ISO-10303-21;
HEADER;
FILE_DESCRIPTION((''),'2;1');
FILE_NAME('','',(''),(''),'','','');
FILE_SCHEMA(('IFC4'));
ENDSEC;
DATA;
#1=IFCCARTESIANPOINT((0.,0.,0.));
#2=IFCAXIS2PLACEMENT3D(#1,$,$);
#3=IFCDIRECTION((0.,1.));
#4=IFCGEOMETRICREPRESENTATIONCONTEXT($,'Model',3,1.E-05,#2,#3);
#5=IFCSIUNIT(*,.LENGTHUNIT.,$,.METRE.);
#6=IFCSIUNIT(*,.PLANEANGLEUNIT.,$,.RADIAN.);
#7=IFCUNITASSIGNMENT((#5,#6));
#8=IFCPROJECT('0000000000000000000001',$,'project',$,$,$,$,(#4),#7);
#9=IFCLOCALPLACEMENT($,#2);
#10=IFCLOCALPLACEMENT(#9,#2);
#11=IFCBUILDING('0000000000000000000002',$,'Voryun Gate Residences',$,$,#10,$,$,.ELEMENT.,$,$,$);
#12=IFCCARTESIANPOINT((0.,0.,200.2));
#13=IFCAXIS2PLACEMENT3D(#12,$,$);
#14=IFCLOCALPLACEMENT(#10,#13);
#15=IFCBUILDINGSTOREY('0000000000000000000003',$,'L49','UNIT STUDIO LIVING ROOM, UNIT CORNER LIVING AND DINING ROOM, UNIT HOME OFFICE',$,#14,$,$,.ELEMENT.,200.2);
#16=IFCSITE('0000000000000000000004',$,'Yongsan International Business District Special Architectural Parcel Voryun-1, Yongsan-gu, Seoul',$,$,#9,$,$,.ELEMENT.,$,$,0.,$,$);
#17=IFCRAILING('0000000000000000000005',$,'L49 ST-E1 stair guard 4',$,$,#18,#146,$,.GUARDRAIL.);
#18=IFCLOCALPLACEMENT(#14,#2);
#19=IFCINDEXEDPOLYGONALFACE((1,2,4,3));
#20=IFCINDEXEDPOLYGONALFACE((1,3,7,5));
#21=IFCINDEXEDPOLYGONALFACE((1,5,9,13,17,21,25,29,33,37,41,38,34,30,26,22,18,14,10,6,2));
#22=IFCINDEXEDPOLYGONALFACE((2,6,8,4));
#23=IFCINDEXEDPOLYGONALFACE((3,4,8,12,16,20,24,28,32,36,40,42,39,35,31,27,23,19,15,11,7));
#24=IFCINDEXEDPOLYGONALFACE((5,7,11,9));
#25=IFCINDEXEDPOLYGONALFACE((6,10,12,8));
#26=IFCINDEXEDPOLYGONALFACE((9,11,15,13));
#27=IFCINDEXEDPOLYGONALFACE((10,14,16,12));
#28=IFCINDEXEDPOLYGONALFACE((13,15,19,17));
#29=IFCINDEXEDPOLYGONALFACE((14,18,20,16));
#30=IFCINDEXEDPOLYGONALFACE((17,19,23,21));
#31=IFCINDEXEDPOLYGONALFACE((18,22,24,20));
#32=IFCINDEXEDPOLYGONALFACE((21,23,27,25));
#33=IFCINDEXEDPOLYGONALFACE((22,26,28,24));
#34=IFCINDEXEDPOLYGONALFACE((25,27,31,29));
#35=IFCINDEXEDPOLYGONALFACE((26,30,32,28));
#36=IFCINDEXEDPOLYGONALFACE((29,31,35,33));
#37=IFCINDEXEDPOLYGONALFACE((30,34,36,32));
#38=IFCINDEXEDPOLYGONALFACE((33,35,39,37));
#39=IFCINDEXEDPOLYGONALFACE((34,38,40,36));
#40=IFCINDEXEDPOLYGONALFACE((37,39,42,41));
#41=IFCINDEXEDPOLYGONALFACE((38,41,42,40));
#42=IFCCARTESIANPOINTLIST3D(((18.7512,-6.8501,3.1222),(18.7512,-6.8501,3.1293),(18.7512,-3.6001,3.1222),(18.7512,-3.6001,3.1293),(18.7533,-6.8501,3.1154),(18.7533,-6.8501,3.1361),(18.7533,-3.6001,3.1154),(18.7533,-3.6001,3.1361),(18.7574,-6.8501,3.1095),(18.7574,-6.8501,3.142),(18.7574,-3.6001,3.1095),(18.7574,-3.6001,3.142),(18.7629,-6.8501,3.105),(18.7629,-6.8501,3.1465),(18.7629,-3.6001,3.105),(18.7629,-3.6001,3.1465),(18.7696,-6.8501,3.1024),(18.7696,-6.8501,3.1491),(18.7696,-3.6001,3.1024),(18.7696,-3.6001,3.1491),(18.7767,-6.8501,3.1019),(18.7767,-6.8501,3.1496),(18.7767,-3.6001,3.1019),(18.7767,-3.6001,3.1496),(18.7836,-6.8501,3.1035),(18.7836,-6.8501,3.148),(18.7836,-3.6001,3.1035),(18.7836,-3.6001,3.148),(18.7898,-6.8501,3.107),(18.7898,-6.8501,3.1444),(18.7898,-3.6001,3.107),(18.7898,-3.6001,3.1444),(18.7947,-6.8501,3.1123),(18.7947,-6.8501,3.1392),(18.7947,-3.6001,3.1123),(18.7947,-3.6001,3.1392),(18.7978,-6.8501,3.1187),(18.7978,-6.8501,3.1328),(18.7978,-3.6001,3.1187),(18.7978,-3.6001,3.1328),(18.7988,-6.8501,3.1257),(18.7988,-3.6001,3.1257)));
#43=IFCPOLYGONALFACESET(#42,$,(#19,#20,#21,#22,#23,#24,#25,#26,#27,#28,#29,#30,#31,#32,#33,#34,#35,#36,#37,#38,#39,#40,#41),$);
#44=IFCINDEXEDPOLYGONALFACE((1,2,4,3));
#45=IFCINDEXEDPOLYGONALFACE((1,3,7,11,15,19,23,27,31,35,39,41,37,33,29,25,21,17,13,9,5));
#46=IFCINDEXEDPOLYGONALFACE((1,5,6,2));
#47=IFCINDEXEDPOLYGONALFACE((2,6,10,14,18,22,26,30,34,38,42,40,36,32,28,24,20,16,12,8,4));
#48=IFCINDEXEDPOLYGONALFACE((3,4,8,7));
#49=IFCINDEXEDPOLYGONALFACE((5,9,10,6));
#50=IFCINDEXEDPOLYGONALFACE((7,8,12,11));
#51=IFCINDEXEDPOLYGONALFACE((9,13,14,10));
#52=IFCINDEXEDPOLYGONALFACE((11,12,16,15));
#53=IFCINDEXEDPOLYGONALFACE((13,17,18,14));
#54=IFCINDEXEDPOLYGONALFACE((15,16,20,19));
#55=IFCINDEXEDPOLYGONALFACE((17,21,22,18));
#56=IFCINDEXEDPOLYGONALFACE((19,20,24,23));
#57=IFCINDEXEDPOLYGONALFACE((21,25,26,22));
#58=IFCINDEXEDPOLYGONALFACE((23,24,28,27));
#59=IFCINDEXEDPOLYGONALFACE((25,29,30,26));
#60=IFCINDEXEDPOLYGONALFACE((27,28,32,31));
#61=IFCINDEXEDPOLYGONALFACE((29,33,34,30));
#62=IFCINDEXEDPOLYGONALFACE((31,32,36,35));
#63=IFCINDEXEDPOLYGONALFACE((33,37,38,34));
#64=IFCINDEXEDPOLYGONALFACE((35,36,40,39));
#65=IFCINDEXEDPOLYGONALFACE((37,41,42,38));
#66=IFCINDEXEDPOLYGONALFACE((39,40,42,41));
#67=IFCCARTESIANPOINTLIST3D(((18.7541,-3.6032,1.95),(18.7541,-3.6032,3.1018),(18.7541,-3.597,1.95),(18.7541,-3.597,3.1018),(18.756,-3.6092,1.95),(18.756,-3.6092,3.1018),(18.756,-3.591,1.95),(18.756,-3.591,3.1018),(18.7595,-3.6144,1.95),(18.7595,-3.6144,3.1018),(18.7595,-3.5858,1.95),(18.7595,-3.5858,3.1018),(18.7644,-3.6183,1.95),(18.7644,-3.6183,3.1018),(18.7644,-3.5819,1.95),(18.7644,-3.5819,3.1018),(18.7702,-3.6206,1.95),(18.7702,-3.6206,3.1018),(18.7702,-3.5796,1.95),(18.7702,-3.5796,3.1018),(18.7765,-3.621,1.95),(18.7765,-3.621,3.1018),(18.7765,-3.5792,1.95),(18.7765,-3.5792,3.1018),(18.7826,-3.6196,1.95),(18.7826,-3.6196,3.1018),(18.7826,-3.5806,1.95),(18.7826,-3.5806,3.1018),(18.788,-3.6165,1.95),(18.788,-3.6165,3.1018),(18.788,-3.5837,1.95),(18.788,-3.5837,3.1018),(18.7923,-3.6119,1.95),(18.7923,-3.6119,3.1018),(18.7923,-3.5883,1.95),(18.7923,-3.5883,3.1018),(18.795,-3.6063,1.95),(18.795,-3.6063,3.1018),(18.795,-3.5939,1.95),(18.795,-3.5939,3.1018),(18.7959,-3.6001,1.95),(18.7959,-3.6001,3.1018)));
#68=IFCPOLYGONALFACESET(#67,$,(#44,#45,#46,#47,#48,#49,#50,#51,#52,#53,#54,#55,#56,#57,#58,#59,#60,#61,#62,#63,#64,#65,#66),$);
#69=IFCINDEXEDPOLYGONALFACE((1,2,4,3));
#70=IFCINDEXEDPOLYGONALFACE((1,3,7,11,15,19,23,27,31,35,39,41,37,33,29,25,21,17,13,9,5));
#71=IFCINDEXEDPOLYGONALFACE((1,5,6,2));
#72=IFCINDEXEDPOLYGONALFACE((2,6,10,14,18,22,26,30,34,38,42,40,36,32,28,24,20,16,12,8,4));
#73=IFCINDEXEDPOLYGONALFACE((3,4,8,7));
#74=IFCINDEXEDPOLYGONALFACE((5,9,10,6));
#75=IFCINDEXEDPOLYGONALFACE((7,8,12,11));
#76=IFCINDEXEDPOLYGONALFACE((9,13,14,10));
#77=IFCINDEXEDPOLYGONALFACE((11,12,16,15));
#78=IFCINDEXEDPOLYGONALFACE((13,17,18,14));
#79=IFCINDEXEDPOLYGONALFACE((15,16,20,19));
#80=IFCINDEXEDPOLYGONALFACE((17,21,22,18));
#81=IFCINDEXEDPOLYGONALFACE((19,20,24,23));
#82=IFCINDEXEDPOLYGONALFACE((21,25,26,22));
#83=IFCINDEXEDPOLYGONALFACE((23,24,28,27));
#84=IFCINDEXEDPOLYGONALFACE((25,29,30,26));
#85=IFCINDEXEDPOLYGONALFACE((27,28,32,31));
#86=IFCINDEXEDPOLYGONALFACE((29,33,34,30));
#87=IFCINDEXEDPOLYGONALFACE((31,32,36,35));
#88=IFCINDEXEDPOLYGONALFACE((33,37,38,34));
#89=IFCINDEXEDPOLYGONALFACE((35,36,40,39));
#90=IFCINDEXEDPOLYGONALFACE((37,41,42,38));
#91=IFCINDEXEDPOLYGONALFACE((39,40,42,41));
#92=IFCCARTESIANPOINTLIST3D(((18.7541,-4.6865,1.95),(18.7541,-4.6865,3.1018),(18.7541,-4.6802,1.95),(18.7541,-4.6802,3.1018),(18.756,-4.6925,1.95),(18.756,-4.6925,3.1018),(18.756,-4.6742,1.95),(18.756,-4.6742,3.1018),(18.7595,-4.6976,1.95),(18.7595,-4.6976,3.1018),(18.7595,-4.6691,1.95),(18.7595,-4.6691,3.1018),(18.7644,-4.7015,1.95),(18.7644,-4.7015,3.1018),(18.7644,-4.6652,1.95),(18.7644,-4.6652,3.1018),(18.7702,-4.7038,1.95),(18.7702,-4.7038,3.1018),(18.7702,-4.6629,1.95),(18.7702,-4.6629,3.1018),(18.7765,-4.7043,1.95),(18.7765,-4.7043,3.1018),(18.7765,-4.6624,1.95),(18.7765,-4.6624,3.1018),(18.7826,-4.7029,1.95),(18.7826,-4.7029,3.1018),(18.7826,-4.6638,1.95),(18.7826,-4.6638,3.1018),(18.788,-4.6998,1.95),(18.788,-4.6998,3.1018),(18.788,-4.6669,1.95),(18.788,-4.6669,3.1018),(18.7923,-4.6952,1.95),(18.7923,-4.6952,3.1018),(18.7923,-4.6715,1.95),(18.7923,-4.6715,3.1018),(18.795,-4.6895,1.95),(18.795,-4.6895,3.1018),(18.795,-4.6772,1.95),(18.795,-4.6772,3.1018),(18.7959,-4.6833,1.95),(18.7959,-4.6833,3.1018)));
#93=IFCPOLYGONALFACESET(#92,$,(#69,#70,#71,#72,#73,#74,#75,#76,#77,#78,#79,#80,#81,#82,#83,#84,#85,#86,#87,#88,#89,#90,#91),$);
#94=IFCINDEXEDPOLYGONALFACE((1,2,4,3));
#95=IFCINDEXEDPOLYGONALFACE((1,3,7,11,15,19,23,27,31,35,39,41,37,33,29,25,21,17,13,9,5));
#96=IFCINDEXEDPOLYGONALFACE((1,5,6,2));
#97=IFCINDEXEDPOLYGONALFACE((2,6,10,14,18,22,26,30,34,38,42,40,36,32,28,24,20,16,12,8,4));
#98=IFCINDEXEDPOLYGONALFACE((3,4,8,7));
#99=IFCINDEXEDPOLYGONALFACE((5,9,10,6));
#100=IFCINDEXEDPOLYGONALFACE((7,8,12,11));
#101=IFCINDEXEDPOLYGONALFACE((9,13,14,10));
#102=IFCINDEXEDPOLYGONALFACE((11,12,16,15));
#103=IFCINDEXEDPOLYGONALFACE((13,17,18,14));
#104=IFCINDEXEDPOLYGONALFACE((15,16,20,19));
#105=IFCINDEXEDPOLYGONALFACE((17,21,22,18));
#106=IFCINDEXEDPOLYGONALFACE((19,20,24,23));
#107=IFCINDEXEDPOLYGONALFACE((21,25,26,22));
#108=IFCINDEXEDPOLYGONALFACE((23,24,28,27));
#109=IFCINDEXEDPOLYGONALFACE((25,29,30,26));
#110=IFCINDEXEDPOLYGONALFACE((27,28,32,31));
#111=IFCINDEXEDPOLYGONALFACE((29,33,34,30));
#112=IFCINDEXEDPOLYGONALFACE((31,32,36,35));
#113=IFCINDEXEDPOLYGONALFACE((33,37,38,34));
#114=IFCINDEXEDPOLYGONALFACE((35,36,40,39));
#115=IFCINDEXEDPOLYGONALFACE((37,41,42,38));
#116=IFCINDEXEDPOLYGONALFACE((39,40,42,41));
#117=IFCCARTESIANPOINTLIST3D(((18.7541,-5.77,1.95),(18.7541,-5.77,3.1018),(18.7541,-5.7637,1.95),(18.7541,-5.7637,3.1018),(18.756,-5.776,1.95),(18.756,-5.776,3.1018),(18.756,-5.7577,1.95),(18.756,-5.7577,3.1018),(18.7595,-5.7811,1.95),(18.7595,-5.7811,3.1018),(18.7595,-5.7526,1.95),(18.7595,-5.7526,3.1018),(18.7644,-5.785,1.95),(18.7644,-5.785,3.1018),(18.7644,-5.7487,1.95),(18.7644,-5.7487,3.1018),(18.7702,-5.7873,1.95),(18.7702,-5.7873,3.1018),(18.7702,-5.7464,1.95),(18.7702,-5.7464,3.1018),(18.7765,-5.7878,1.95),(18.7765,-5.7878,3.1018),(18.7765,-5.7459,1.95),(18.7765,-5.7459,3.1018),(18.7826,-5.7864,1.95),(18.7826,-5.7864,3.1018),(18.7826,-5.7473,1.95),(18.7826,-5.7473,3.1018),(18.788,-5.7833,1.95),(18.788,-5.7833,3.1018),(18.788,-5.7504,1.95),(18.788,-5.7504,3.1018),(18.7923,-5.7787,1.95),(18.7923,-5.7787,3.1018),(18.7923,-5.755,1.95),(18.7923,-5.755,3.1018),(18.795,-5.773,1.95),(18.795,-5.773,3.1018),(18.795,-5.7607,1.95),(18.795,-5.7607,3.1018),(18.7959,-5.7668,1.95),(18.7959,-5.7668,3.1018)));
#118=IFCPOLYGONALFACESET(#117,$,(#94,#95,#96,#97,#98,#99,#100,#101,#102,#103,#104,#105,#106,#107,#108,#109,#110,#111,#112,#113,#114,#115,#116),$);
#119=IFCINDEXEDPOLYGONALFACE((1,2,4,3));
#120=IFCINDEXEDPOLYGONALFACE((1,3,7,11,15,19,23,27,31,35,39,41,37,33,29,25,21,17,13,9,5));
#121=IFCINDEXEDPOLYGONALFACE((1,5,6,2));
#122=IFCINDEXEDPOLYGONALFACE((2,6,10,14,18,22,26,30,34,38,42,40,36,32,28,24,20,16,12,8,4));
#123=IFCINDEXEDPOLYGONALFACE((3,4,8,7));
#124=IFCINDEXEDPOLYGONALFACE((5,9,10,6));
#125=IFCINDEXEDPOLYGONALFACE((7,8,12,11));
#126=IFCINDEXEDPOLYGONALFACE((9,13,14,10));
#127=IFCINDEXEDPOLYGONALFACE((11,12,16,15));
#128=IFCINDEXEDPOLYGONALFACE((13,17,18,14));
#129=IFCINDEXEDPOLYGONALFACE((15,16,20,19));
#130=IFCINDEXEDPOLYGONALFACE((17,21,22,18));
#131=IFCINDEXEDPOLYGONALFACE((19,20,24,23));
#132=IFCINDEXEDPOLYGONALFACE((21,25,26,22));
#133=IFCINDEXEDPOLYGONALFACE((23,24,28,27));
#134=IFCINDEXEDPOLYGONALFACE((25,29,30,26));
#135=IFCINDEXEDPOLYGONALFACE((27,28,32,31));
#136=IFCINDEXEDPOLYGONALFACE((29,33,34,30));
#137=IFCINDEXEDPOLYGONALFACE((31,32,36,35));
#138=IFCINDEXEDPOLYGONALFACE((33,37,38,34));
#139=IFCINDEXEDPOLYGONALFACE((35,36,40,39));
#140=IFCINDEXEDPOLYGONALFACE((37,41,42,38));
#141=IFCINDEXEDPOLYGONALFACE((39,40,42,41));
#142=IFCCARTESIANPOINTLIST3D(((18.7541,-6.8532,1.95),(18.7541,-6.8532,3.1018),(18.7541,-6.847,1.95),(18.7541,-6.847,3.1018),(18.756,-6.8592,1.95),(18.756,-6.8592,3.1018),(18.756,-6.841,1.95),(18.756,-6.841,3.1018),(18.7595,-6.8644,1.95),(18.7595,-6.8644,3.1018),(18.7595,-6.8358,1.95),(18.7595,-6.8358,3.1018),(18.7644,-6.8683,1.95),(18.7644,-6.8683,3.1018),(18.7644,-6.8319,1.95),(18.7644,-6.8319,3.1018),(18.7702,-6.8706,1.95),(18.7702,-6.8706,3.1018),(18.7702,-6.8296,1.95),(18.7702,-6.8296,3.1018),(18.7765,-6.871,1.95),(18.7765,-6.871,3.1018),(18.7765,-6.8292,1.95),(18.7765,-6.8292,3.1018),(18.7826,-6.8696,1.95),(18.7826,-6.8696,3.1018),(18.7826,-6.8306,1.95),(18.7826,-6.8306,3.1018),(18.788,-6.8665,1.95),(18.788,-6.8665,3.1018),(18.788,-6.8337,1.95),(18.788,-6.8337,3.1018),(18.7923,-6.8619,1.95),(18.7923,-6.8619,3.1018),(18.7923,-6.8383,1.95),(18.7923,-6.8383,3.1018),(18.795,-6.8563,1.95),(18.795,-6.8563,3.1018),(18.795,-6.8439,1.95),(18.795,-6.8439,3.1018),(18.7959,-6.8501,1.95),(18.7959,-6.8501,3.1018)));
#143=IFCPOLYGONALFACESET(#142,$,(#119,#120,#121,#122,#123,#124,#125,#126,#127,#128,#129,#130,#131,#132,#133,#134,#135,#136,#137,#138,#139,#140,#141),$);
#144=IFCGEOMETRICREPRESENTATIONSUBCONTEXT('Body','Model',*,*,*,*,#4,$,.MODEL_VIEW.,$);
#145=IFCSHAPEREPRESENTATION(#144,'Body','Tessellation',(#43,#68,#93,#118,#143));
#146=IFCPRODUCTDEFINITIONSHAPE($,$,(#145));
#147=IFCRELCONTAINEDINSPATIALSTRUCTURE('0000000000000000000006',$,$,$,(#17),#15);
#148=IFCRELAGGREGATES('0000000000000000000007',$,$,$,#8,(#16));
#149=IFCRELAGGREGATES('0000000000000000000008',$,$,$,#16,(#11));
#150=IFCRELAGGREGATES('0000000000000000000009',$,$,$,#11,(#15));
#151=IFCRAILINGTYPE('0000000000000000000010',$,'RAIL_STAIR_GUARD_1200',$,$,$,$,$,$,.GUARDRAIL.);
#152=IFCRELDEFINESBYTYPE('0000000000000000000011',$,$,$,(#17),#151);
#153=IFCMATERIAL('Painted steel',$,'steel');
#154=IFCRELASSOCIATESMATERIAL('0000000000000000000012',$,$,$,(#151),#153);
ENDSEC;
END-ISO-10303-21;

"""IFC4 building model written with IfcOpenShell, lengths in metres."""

from ifc_helpers import new_model, si_unit, direction, frame, origin, origin_2d, place, context, subcontext, project, spatial, circle, extrude, material, type_object, element, save


model = new_model("IFC4")

# Units and contexts
model_context = context("Model", 3, precision=1e-05, world=origin(), true_north=direction((0.0, 1.0)))
body_context = subcontext(model_context, "Body", "Model", "MODEL_VIEW")
ifc_project = project(units=[si_unit("LENGTHUNIT", "METRE"), si_unit("PLANEANGLEUNIT", "RADIAN")], contexts=[model_context])

# Site, building, storey
site_placement = place(None, origin())
site = spatial("IfcSite", under=ifc_project, at=site_placement, Name="Yongsan International Business District Special Architectural Parcel Voryun-1, Yongsan-gu, Seoul", CompositionType="ELEMENT", RefElevation=0.0)
building_placement = place(site_placement, origin())
building = spatial("IfcBuilding", under=site, at=building_placement, Name="Voryun Gate Residences", CompositionType="ELEMENT")
storey_placement = place(building_placement, frame((0.0, 0.0, 200.2)))
storey = spatial("IfcBuildingStorey", under=building, at=storey_placement, Name="L49", Description="UNIT STUDIO LIVING ROOM, UNIT CORNER LIVING AND DINING ROOM, UNIT HOME OFFICE", CompositionType="ELEMENT", Elevation=200.2)

# Railing
ifc_material_1 = material(Name="Painted steel", Category="steel")
railing_type_1 = type_object("IfcRailingType", Name="RAIL_STAIR_GUARD_1200", PredefinedType="GUARDRAIL", material=ifc_material_1)
railing_1_placement = place(storey_placement, frame((18.7749, -3.6001, 1.95)))
element("IfcRailing", 1, at=railing_1_placement, inside=storey, type_object=railing_type_1, Name="L49 ST-E1 stair guard 4", PredefinedType="GUARDRAIL", context=body_context, shape_type="SweptSolid", body=[
    extrude(circle(Radius=0.0239, at=origin_2d()), frame((0.0, 0.0, 1.1758), z_axis=(0.0, -1.0, 0.0), x_axis=(1.0, 0.0, 0.0)), (0.0, 0.0, 1.0), 3.25),
    extrude(circle(Radius=0.021, at=origin_2d()), origin(), (0.0, 0.0, 1.0), 1.1519),
    extrude(circle(Radius=0.021, at=origin_2d()), frame((0.0, -1.0833, 0.0)), (0.0, 0.0, 1.0), 1.1519),
    extrude(circle(Radius=0.021, at=origin_2d()), frame((0.0, -2.1667, 0.0)), (0.0, 0.0, 1.0), 1.1519),
    extrude(circle(Radius=0.021, at=origin_2d()), frame((0.0, -3.25, 0.0)), (0.0, 0.0, 1.0), 1.1519),
])

save(model, "model.ifc")
